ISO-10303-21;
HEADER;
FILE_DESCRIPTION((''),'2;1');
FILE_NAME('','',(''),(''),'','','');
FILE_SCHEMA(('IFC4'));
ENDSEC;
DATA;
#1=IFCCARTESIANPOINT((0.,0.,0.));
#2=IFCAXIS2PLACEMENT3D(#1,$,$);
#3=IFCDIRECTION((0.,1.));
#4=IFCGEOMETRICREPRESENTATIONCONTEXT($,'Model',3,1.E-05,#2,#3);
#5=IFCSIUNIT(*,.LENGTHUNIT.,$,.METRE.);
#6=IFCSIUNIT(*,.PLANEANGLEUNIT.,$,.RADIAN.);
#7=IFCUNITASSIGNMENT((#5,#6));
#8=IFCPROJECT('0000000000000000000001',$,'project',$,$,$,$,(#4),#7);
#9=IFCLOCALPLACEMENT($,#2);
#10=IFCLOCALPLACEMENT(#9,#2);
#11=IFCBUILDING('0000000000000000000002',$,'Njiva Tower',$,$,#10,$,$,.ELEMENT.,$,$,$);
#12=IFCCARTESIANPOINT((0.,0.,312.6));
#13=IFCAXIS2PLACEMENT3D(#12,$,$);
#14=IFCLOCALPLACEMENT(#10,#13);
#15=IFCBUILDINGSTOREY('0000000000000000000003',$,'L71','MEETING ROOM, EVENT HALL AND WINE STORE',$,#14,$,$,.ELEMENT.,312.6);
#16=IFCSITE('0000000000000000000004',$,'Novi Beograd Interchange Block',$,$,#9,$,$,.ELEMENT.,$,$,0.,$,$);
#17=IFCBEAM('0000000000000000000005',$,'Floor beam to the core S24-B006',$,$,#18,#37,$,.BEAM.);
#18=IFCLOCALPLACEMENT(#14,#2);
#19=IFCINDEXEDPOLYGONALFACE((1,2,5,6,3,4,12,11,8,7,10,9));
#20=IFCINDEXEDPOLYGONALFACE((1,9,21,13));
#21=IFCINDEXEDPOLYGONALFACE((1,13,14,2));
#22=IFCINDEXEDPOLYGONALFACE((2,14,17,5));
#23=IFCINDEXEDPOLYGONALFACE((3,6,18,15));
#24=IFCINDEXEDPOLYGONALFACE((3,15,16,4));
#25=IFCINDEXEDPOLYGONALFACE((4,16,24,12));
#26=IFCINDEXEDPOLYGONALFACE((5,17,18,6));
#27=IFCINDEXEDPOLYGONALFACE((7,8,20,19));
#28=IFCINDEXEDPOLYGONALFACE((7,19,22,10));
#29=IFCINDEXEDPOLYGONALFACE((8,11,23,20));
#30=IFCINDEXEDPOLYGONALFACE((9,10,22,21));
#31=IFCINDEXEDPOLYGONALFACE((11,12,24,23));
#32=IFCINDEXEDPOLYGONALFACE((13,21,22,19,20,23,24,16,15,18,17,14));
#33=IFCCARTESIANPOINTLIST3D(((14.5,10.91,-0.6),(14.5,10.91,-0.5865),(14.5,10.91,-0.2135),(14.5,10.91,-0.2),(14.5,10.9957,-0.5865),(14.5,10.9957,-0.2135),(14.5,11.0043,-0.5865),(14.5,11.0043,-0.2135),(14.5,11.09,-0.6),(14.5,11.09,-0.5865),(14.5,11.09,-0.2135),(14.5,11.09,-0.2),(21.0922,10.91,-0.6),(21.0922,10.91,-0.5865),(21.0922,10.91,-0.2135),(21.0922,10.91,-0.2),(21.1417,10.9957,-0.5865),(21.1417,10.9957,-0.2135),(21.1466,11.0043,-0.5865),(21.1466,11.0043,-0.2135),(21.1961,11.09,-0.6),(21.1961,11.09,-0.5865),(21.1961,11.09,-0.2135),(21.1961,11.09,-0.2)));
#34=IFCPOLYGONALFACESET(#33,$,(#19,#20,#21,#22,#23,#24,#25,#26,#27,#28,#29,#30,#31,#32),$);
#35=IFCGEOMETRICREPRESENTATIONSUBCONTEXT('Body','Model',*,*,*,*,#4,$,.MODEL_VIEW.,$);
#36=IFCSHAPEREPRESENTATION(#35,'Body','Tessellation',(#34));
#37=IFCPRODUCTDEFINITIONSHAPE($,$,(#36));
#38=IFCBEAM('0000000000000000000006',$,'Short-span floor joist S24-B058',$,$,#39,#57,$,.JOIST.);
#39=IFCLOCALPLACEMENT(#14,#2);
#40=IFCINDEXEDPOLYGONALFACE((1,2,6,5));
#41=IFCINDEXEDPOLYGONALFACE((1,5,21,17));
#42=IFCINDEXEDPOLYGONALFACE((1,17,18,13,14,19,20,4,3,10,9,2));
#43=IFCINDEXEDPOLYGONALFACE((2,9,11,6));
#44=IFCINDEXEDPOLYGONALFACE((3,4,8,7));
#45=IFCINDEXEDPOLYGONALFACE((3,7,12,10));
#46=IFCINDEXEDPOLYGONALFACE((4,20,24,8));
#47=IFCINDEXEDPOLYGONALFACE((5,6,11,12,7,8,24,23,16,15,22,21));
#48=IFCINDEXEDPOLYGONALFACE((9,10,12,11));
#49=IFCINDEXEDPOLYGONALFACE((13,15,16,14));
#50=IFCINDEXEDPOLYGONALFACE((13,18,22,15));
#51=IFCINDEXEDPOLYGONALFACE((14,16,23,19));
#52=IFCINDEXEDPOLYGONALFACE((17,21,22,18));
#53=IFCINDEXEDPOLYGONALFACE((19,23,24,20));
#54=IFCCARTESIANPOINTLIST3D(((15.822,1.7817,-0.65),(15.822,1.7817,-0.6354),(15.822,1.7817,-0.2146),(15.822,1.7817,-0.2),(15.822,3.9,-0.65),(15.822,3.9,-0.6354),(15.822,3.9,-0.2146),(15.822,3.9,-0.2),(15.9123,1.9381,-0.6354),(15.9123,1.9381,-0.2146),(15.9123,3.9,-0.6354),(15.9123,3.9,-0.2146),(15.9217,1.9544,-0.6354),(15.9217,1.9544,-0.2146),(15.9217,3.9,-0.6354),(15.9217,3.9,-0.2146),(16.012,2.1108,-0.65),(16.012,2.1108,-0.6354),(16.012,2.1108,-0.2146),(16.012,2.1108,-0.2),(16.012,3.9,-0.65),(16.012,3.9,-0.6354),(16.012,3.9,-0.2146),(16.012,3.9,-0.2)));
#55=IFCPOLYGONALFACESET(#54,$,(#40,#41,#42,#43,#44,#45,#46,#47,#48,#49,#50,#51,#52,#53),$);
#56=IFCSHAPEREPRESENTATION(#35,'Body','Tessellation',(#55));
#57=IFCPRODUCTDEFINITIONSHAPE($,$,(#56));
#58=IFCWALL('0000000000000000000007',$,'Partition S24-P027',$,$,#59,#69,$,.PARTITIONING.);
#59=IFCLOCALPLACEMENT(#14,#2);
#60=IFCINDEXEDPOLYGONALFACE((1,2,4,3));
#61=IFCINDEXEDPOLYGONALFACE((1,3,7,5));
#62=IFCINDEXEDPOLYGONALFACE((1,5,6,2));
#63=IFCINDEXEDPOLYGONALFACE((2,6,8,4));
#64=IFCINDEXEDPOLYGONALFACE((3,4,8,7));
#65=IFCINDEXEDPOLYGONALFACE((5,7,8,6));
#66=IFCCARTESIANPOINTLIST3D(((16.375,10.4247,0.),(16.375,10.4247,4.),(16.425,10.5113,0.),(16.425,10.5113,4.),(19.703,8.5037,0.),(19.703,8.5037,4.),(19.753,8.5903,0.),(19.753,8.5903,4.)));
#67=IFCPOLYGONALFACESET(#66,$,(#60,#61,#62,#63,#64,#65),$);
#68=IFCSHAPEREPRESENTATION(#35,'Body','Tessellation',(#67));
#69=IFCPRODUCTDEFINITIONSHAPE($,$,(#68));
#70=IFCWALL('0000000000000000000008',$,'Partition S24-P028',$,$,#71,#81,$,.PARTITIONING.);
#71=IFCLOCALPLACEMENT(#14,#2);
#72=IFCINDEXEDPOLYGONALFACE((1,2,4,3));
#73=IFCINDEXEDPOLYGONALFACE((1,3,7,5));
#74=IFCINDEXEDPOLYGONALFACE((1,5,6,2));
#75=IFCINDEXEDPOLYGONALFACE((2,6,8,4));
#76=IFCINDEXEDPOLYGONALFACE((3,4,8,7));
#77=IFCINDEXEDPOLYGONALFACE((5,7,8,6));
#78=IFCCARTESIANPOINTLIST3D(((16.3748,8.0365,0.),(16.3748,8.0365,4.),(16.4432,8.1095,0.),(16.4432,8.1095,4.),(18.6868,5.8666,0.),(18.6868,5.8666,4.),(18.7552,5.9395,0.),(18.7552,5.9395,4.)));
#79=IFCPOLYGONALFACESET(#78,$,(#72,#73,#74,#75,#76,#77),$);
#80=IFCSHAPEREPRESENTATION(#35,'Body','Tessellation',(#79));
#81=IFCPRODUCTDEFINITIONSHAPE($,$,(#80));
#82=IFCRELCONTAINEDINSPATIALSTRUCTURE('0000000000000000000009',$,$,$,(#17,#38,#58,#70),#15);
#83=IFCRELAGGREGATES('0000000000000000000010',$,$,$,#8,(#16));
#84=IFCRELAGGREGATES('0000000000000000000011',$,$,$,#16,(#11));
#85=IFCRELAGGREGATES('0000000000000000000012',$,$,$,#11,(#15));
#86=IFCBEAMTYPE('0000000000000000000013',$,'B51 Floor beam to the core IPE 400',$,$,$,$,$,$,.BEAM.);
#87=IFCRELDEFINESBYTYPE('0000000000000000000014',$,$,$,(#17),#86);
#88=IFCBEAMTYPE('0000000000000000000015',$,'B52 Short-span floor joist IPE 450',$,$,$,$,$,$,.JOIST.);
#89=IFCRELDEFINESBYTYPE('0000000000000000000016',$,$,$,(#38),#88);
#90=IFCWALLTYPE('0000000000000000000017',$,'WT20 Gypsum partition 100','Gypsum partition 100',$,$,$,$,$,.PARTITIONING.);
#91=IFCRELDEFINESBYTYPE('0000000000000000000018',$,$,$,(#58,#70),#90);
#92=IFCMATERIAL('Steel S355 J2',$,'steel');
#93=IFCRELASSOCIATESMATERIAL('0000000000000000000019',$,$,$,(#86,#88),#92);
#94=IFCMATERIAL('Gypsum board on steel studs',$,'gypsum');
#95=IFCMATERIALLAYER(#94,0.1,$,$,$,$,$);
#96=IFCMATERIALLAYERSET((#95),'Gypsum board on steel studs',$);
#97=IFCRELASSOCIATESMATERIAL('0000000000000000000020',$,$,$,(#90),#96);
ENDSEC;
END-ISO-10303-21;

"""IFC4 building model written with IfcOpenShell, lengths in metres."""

from ifc_helpers import new_model, si_unit, direction, frame, frame_2d, origin, origin_2d, place, context, subcontext, project, spatial, rectangle, i_section, extrude, clip, halfspace, material, layer, layer_set, material_profile, profile_set, type_object, element, save


model = new_model("IFC4")

# Units and contexts
model_context = context("Model", 3, precision=1e-05, world=origin(), true_north=direction((0.0, 1.0)))
body_context = subcontext(model_context, "Body", "Model", "MODEL_VIEW")
ifc_project = project(units=[si_unit("LENGTHUNIT", "METRE"), si_unit("PLANEANGLEUNIT", "RADIAN")], contexts=[model_context])

# Site, building, storey
site_placement = place(None, origin())
site = spatial("IfcSite", under=ifc_project, at=site_placement, Name="Novi Beograd Interchange Block", CompositionType="ELEMENT", RefElevation=0.0)
building_placement = place(site_placement, origin())
building = spatial("IfcBuilding", under=site, at=building_placement, Name="Njiva Tower", CompositionType="ELEMENT")
storey_placement = place(building_placement, frame((0.0, 0.0, 312.6)))
storey = spatial("IfcBuildingStorey", under=building, at=storey_placement, Name="L71", Description="MEETING ROOM, EVENT HALL AND WINE STORE", CompositionType="ELEMENT", Elevation=312.6)

# Shared definitions
ifc_material_1 = material(Name="Steel S355 J2", Category="steel")

# Beams
ifc_material_profile_1 = material_profile(ifc_material_1, i_section(OverallWidth=0.18, OverallDepth=0.4, WebThickness=0.0086, FlangeThickness=0.0135, at=origin_2d()), Name="IPE 400")
ifc_profile_set_1 = profile_set([ifc_material_profile_1], Name="Steel S355 J2")
beam_type_1 = type_object("IfcBeamType", Name="B51 Floor beam to the core IPE 400", PredefinedType="BEAM", material=ifc_profile_set_1)
beam_1_placement = place(storey_placement, frame((14.5, 11.0, -0.4), z_axis=(1.0, 0.0, 0.0), x_axis=(0.0, 1.0, 0.0)))
element("IfcBeam", 1, at=beam_1_placement, inside=storey, type_object=beam_type_1, Name="Floor beam to the core S24-B006", PredefinedType="BEAM", context=body_context, shape_type="Clipping", body=[
    clip(extrude(i_section(OverallWidth=0.18, OverallDepth=0.4, WebThickness=0.0086, FlangeThickness=0.0135, at=origin_2d()), origin(), (0.0, 0.0, 1.0), 6.716), halfspace(frame((-0.025, 0.0, 6.6297), z_axis=(-0.499998, 0.0, 0.866027), x_axis=(0.0, 1.0, 0.0)), False)),
])
ifc_material_profile_2 = material_profile(ifc_material_1, i_section(OverallWidth=0.19, OverallDepth=0.45, WebThickness=0.0094, FlangeThickness=0.0146, at=origin_2d()), Name="IPE 450")
ifc_profile_set_2 = profile_set([ifc_material_profile_2], Name="Steel S355 J2")
beam_type_2 = type_object("IfcBeamType", Name="B52 Short-span floor joist IPE 450", PredefinedType="JOIST", material=ifc_profile_set_2)
beam_2_placement = place(storey_placement, frame((15.917, 3.9, -0.425), z_axis=(0.0, -1.0, 0.0), x_axis=(1.0, 0.0, 0.0)))
element("IfcBeam", 2, at=beam_2_placement, inside=storey, type_object=beam_type_2, Name="Short-span floor joist S24-B058", PredefinedType="JOIST", context=body_context, shape_type="Clipping", body=[
    clip(extrude(i_section(OverallWidth=0.19, OverallDepth=0.45, WebThickness=0.0094, FlangeThickness=0.0146, at=origin_2d()), origin(), (0.0, 0.0, 1.0), 2.139), halfspace(frame((0.043, 0.0, 1.8793), z_axis=(0.866027, 0.0, 0.499998), x_axis=(0.0, 1.0, 0.0)), False)),
])

# Walls
ifc_material_2 = material(Name="Gypsum board on steel studs", Category="gypsum")
ifc_layer = layer(ifc_material_2, 0.1)
ifc_layer_set = layer_set([ifc_layer], Name="Gypsum board on steel studs")
wall_type = type_object("IfcWallType", Name="WT20 Gypsum partition 100", Description="Gypsum partition 100", PredefinedType="PARTITIONING", material=ifc_layer_set)
wall_1_placement = place(storey_placement, frame((16.4, 10.468, 0.0), z_axis=(0.0, 0.0, 1.0), x_axis=(0.866073, -0.499918, 0.0)))
element("IfcWall", 3, at=wall_1_placement, inside=storey, type_object=wall_type, Name="Partition S24-P027", PredefinedType="PARTITIONING", context=body_context, shape_type="SweptSolid", body=[
    extrude(rectangle(XDim=3.8426, YDim=0.1, at=frame_2d((1.9213, 0.0))), origin(), (0.0, 0.0, 1.0), 4.0),
])
wall_2_placement = place(storey_placement, frame((16.409, 8.073, 0.0), z_axis=(0.0, 0.0, 1.0), x_axis=(0.729144, -0.684361, 0.0)))
element("IfcWall", 4, at=wall_2_placement, inside=storey, type_object=wall_type, Name="Partition S24-P028", PredefinedType="PARTITIONING", context=body_context, shape_type="SweptSolid", body=[
    extrude(rectangle(XDim=3.1708, YDim=0.1, at=frame_2d((1.5854, 0.0))), origin(), (0.0, 0.0, 1.0), 4.0),
])

save(model, "model.ifc")
